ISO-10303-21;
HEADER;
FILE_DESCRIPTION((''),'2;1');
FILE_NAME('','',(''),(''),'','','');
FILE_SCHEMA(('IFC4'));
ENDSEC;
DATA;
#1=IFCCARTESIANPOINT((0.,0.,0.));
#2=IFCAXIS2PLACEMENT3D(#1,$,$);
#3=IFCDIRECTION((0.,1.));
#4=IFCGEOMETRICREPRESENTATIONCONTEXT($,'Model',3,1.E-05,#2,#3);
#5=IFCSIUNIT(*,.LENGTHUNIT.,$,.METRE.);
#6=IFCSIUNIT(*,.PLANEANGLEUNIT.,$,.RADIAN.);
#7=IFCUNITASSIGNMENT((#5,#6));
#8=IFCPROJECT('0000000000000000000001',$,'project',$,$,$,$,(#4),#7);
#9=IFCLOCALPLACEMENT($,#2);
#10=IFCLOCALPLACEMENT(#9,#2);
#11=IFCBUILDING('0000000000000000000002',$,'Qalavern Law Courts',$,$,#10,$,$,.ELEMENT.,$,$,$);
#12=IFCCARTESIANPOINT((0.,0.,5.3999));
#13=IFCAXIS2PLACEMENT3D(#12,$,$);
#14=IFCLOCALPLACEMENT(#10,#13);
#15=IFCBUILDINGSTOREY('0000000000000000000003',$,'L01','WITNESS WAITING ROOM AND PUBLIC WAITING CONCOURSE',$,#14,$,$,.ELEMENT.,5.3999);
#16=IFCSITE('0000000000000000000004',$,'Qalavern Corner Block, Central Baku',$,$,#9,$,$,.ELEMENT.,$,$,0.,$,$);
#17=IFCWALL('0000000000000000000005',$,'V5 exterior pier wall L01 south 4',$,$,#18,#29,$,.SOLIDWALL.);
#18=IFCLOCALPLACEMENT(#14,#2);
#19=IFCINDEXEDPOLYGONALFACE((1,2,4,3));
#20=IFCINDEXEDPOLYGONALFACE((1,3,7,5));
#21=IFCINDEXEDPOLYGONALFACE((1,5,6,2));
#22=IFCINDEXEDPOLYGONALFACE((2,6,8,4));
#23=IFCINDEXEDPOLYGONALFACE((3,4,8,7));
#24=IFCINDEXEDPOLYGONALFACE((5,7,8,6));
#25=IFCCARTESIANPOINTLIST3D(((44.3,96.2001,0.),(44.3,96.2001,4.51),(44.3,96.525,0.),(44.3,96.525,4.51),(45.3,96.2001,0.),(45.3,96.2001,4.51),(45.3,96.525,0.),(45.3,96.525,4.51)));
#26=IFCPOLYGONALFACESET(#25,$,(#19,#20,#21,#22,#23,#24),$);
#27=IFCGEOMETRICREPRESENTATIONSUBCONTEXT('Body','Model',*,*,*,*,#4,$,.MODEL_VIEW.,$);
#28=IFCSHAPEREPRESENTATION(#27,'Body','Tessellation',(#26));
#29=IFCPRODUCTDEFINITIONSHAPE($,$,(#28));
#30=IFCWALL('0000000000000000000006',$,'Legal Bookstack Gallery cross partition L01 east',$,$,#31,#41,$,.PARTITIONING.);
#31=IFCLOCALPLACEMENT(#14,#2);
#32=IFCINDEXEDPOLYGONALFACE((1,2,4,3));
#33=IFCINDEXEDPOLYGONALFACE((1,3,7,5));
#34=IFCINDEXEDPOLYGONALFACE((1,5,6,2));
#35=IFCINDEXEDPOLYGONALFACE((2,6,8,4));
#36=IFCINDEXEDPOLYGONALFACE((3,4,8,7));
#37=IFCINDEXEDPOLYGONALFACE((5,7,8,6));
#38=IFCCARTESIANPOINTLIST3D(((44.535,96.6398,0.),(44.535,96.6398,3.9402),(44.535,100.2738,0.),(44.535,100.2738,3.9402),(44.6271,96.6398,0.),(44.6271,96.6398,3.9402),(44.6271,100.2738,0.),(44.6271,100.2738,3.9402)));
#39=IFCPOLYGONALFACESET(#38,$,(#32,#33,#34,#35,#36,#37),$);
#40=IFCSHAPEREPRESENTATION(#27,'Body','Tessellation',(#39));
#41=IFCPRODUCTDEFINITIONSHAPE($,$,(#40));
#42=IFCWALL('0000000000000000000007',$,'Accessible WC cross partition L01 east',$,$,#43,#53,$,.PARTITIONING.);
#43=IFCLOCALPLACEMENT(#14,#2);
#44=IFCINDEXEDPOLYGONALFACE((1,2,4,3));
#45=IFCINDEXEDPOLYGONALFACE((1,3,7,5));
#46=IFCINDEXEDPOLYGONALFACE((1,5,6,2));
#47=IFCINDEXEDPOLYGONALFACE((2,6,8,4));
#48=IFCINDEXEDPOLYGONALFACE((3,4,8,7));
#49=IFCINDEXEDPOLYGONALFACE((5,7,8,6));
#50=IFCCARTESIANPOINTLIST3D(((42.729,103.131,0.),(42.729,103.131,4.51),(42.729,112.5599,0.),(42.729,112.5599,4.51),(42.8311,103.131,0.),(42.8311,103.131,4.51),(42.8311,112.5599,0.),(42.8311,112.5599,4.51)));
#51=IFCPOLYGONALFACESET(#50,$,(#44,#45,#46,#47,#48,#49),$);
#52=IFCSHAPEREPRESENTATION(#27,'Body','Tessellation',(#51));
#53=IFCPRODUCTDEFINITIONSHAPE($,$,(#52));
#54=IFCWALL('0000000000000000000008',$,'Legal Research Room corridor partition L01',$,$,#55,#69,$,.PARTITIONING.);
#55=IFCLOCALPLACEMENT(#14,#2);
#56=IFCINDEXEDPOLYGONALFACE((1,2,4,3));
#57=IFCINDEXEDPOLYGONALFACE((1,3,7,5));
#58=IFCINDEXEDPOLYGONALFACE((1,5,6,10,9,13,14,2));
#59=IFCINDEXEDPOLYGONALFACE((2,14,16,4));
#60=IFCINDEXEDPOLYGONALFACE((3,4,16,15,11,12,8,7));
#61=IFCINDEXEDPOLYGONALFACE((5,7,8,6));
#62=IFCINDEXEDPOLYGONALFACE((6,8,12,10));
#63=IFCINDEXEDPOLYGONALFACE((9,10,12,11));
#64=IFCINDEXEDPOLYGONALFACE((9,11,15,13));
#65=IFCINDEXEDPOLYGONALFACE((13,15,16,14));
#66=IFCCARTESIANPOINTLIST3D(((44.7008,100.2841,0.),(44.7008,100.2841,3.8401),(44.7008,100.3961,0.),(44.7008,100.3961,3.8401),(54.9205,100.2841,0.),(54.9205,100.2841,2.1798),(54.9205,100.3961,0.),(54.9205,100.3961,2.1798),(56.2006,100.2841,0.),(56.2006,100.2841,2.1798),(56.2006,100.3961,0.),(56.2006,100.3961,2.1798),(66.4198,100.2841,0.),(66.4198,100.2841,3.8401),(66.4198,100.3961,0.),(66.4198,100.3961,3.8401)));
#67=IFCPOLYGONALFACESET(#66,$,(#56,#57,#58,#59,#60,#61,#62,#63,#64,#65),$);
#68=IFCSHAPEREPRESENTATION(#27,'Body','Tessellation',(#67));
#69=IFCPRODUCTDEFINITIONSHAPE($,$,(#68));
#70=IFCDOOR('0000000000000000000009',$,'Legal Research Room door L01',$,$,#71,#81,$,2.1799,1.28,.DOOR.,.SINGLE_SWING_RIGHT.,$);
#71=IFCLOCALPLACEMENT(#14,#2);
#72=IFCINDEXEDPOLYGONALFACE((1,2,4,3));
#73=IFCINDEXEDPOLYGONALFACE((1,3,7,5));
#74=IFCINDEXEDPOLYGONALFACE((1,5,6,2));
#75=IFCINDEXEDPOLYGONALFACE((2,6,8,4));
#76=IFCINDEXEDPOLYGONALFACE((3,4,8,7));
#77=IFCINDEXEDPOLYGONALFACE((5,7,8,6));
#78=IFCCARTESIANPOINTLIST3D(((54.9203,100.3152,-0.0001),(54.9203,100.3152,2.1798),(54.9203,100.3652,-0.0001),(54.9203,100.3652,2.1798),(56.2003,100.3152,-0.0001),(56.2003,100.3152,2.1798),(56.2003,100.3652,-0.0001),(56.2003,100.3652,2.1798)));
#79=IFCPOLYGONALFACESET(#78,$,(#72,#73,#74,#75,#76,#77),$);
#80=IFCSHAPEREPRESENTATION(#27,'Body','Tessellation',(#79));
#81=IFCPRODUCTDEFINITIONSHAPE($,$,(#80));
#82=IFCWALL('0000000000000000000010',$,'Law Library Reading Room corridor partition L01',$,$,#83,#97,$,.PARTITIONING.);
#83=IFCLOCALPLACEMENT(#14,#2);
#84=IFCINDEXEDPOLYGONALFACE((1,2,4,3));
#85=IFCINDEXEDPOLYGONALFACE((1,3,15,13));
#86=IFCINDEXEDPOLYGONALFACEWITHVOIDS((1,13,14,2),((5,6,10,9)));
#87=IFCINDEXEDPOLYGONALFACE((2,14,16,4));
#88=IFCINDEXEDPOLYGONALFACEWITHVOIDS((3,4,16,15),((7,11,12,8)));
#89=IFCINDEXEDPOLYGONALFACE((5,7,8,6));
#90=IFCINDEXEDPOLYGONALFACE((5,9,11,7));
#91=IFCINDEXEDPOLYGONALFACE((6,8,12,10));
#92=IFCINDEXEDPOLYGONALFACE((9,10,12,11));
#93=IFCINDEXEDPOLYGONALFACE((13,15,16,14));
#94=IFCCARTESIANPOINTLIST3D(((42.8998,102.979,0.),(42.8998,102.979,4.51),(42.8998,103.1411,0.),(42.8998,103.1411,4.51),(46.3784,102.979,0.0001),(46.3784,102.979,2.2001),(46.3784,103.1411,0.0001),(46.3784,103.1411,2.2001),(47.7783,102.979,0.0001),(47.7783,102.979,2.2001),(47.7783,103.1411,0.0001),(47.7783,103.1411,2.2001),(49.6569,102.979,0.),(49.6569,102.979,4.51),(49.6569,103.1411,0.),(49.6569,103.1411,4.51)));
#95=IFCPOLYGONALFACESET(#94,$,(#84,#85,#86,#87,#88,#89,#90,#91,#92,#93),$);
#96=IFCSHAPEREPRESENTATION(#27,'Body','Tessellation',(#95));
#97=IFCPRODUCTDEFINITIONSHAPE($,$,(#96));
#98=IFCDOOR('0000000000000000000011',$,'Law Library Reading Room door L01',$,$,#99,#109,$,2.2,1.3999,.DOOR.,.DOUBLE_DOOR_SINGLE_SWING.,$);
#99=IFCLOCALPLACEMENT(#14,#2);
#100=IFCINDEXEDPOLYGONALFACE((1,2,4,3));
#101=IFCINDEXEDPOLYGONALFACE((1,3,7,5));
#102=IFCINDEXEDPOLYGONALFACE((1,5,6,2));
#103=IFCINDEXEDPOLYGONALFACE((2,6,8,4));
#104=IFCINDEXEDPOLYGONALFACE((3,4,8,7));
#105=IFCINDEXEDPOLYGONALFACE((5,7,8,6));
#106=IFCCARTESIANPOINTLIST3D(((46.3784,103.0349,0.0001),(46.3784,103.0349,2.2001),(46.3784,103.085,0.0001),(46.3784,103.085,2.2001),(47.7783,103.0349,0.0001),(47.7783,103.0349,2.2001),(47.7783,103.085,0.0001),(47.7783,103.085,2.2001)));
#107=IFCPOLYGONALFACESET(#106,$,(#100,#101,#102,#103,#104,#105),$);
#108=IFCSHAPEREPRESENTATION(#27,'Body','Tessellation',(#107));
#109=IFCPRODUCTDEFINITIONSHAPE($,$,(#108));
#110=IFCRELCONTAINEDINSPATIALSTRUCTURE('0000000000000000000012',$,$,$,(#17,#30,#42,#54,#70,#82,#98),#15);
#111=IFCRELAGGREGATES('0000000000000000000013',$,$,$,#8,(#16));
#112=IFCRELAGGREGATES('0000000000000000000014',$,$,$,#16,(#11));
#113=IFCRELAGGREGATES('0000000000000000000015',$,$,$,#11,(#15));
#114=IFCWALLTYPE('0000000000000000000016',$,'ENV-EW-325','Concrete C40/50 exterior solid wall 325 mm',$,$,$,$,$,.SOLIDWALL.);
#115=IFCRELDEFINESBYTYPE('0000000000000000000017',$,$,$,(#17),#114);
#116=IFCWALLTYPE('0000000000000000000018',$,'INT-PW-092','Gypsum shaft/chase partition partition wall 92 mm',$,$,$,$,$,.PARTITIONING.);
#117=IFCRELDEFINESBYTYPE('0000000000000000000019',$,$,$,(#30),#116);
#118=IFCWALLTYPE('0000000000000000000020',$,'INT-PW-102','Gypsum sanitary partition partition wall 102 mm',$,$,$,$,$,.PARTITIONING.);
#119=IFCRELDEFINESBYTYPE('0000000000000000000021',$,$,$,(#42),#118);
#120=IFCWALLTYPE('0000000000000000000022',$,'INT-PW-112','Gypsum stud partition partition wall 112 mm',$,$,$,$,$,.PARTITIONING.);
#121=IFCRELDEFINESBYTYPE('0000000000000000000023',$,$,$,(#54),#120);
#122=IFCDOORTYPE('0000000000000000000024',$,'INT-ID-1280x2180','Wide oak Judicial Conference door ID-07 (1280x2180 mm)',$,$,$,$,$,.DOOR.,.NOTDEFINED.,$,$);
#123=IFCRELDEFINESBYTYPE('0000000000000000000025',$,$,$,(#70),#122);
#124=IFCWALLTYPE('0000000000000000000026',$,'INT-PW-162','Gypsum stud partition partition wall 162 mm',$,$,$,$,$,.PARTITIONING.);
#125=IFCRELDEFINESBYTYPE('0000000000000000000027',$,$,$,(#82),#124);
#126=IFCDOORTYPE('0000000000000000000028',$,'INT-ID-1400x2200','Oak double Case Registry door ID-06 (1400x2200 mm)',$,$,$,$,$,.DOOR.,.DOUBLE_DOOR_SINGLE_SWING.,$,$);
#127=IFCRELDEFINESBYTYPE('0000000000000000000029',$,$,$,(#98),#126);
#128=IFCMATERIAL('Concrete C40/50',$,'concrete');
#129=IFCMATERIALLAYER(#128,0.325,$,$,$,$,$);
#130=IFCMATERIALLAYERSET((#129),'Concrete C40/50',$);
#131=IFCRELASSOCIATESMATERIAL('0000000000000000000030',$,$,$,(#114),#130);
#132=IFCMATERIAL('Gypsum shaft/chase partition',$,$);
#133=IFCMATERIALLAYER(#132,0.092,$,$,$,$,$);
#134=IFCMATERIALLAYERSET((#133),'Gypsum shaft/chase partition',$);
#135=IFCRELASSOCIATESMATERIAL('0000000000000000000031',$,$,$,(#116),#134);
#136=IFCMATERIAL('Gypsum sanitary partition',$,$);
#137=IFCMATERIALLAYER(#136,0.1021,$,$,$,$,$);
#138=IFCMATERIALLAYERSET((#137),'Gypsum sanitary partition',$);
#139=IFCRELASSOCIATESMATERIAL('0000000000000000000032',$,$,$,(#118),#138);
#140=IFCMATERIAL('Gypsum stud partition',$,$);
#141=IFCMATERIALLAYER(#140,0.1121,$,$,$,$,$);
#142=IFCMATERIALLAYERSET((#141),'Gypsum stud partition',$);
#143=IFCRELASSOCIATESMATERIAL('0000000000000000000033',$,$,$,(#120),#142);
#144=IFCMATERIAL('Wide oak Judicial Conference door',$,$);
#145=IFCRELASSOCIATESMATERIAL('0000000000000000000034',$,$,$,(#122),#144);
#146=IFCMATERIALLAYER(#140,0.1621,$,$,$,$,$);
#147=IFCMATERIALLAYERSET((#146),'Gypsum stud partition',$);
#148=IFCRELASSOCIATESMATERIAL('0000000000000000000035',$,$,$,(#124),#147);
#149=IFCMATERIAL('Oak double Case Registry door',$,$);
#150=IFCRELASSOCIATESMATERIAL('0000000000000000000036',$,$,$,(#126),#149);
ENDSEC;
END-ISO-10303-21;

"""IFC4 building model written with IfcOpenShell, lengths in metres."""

from ifc_helpers import new_model, si_unit, direction, frame, frame_2d, origin, place, context, subcontext, project, spatial, rectangle, extrude, material, layer, layer_set, type_object, element, fill, save


model = new_model("IFC4")

# Units and contexts
model_context = context("Model", 3, precision=1e-05, world=origin(), true_north=direction((0.0, 1.0)))
body_context = subcontext(model_context, "Body", "Model", "MODEL_VIEW")
ifc_project = project(units=[si_unit("LENGTHUNIT", "METRE"), si_unit("PLANEANGLEUNIT", "RADIAN")], contexts=[model_context])

# Site, building, storey
site_placement = place(None, origin())
site = spatial("IfcSite", under=ifc_project, at=site_placement, Name="Qalavern Corner Block, Central Baku", CompositionType="ELEMENT", RefElevation=0.0)
building_placement = place(site_placement, origin())
building = spatial("IfcBuilding", under=site, at=building_placement, Name="Qalavern Law Courts", CompositionType="ELEMENT")
storey_placement = place(building_placement, frame((0.0, 0.0, 5.3999)))
storey = spatial("IfcBuildingStorey", under=building, at=storey_placement, Name="L01", Description="WITNESS WAITING ROOM AND PUBLIC WAITING CONCOURSE", CompositionType="ELEMENT", Elevation=5.3999)

# Shared definitions
ifc_material_1 = material(Name="Concrete C40/50", Category="concrete")

# Walls
ifc_layer_1 = layer(ifc_material_1, 0.325)
ifc_layer_set_1 = layer_set([ifc_layer_1], Name="Concrete C40/50")
wall_type_1 = type_object("IfcWallType", Name="ENV-EW-325", Description="Concrete C40/50 exterior solid wall 325 mm", PredefinedType="SOLIDWALL", material=ifc_layer_set_1)
wall_1_placement = place(storey_placement, frame((44.3, 96.3625, 0.0), z_axis=(0.0, 0.0, 1.0), x_axis=(1.0, 0.0, 0.0)))
element("IfcWall", 1, at=wall_1_placement, inside=storey, type_object=wall_type_1, Name="V5 exterior pier wall L01 south 4", PredefinedType="SOLIDWALL", context=body_context, shape_type="SweptSolid", body=[
    extrude(rectangle(XDim=1.0, YDim=0.325, at=frame_2d((0.5, 0.0))), origin(), (0.0, 0.0, 1.0), 4.51),
])
ifc_material_2 = material(Name="Gypsum shaft/chase partition")
ifc_layer_2 = layer(ifc_material_2, 0.092)
ifc_layer_set_2 = layer_set([ifc_layer_2], Name="Gypsum shaft/chase partition")
wall_type_2 = type_object("IfcWallType", Name="INT-PW-092", Description="Gypsum shaft/chase partition partition wall 92 mm", PredefinedType="PARTITIONING", material=ifc_layer_set_2)
wall_2_placement = place(storey_placement, frame((44.5811, 96.6399, 0.0), z_axis=(0.0, 0.0, 1.0), x_axis=(0.0, 1.0, 0.0)))
element("IfcWall", 2, at=wall_2_placement, inside=storey, type_object=wall_type_2, Name="Legal Bookstack Gallery cross partition L01 east", PredefinedType="PARTITIONING", context=body_context, shape_type="SweptSolid", body=[
    extrude(rectangle(XDim=3.634, YDim=0.092, at=frame_2d((1.8169, 0.0))), origin(), (0.0, 0.0, 1.0), 3.9402),
])
ifc_material_3 = material(Name="Gypsum sanitary partition")
ifc_layer_3 = layer(ifc_material_3, 0.1021)
ifc_layer_set_3 = layer_set([ifc_layer_3], Name="Gypsum sanitary partition")
wall_type_3 = type_object("IfcWallType", Name="INT-PW-102", Description="Gypsum sanitary partition partition wall 102 mm", PredefinedType="PARTITIONING", material=ifc_layer_set_3)
wall_3_placement = place(storey_placement, frame((42.78, 103.1311, 0.0), z_axis=(0.0, 0.0, 1.0), x_axis=(0.0, 1.0, 0.0)))
element("IfcWall", 3, at=wall_3_placement, inside=storey, type_object=wall_type_3, Name="Accessible WC cross partition L01 east", PredefinedType="PARTITIONING", context=body_context, shape_type="SweptSolid", body=[
    extrude(rectangle(XDim=9.429, YDim=0.1021, at=frame_2d((4.7144, 0.0))), origin(), (0.0, 0.0, 1.0), 4.51),
])

# Walls, openings, doors
ifc_material_4 = material(Name="Gypsum stud partition")
ifc_layer_4 = layer(ifc_material_4, 0.1121)
ifc_layer_set_4 = layer_set([ifc_layer_4], Name="Gypsum stud partition")
wall_type_4 = type_object("IfcWallType", Name="INT-PW-112", Description="Gypsum stud partition partition wall 112 mm", PredefinedType="PARTITIONING", material=ifc_layer_set_4)
wall_4_placement = place(storey_placement, frame((44.7009, 100.3401, 0.0), z_axis=(0.0, 0.0, 1.0), x_axis=(1.0, 0.0, 0.0)))
wall_4 = element("IfcWall", 4, at=wall_4_placement, inside=storey, type_object=wall_type_4, Name="Legal Research Room corridor partition L01", PredefinedType="PARTITIONING", context=body_context, shape_type="SweptSolid", body=[
    extrude(rectangle(XDim=21.719, YDim=0.1121, at=frame_2d((10.8594, 0.0))), origin(), (0.0, 0.0, 1.0), 3.8401),
])
opening_1_placement = place(wall_4_placement, frame((10.2195, 0.0, 0.0)))
opening_1 = element("IfcOpeningElement", 5, at=opening_1_placement, cuts=wall_4, PredefinedType="OPENING", context=body_context, shape_type="SweptSolid", body=[
    extrude(rectangle(XDim=1.28, YDim=2.1799, at=frame_2d((0.6401, 1.0898))), frame((0.0, 0.0708, 0.0), z_axis=(0.0, -1.0, 0.0), x_axis=(1.0, 0.0, 0.0)), (0.0, 0.0, 1.0), 0.1418),
])
ifc_material_5 = material(Name="Wide oak Judicial Conference door")
door_type_1 = type_object("IfcDoorType", Name="INT-ID-1280x2180", Description="Wide oak Judicial Conference door ID-07 (1280x2180 mm)", OperationType="NOTDEFINED", PredefinedType="DOOR", material=ifc_material_5)
door_1_placement = place(opening_1_placement, frame((1.28, 0.0, 0.0), z_axis=(0.0, 0.0, 1.0), x_axis=(-1.0, 0.0, 0.0)))
door_1 = element("IfcDoor", 6, at=door_1_placement, inside=storey, type_object=door_type_1, Name="Legal Research Room door L01", OperationType="SINGLE_SWING_RIGHT", OverallHeight=2.1799, OverallWidth=1.28, PredefinedType="DOOR", context=body_context, shape_type="SweptSolid", body=[
    extrude(rectangle(XDim=1.28, YDim=2.1799, at=frame_2d((0.6401, 1.0898))), frame((0.0, 0.0249, 0.0), z_axis=(0.0, -1.0, 0.0), x_axis=(1.0, 0.0, 0.0)), (0.0, 0.0, 1.0), 0.05),
])
fill(opening_1, door_1)
ifc_layer_5 = layer(ifc_material_4, 0.1621)
ifc_layer_set_5 = layer_set([ifc_layer_5], Name="Gypsum stud partition")
wall_type_5 = type_object("IfcWallType", Name="INT-PW-162", Description="Gypsum stud partition partition wall 162 mm", PredefinedType="PARTITIONING", material=ifc_layer_set_5)
wall_5_placement = place(storey_placement, frame((42.8999, 103.0601, 0.0), z_axis=(0.0, 0.0, 1.0), x_axis=(1.0, 0.0, 0.0)))
wall_5 = element("IfcWall", 7, at=wall_5_placement, inside=storey, type_object=wall_type_5, Name="Law Library Reading Room corridor partition L01", PredefinedType="PARTITIONING", context=body_context, shape_type="SweptSolid", body=[
    extrude(rectangle(XDim=6.7571, YDim=0.1621, at=frame_2d((3.3784, 0.0))), origin(), (0.0, 0.0, 1.0), 4.51),
])
opening_2_placement = place(wall_5_placement, frame((3.4785, 0.0, 0.0)))
opening_2 = element("IfcOpeningElement", 8, at=opening_2_placement, cuts=wall_5, PredefinedType="OPENING", context=body_context, shape_type="SweptSolid", body=[
    extrude(rectangle(XDim=1.3999, YDim=2.2, at=frame_2d((0.7, 1.1001))), frame((0.0, 0.0959, 0.0), z_axis=(0.0, -1.0, 0.0), x_axis=(1.0, 0.0, 0.0)), (0.0, 0.0, 1.0), 0.1919),
])
ifc_material_6 = material(Name="Oak double Case Registry door")
door_type_2 = type_object("IfcDoorType", Name="INT-ID-1400x2200", Description="Oak double Case Registry door ID-06 (1400x2200 mm)", OperationType="DOUBLE_DOOR_SINGLE_SWING", PredefinedType="DOOR", material=ifc_material_6)
door_2_placement = place(opening_2_placement, origin())
door_2 = element("IfcDoor", 9, at=door_2_placement, inside=storey, type_object=door_type_2, Name="Law Library Reading Room door L01", OperationType="DOUBLE_DOOR_SINGLE_SWING", OverallHeight=2.2, OverallWidth=1.3999, PredefinedType="DOOR", context=body_context, shape_type="SweptSolid", body=[
    extrude(rectangle(XDim=1.3999, YDim=2.2, at=frame_2d((0.7, 1.1001))), frame((0.0, 0.0249, 0.0), z_axis=(0.0, -1.0, 0.0), x_axis=(1.0, 0.0, 0.0)), (0.0, 0.0, 1.0), 0.05),
])
fill(opening_2, door_2)

save(model, "model.ifc")
